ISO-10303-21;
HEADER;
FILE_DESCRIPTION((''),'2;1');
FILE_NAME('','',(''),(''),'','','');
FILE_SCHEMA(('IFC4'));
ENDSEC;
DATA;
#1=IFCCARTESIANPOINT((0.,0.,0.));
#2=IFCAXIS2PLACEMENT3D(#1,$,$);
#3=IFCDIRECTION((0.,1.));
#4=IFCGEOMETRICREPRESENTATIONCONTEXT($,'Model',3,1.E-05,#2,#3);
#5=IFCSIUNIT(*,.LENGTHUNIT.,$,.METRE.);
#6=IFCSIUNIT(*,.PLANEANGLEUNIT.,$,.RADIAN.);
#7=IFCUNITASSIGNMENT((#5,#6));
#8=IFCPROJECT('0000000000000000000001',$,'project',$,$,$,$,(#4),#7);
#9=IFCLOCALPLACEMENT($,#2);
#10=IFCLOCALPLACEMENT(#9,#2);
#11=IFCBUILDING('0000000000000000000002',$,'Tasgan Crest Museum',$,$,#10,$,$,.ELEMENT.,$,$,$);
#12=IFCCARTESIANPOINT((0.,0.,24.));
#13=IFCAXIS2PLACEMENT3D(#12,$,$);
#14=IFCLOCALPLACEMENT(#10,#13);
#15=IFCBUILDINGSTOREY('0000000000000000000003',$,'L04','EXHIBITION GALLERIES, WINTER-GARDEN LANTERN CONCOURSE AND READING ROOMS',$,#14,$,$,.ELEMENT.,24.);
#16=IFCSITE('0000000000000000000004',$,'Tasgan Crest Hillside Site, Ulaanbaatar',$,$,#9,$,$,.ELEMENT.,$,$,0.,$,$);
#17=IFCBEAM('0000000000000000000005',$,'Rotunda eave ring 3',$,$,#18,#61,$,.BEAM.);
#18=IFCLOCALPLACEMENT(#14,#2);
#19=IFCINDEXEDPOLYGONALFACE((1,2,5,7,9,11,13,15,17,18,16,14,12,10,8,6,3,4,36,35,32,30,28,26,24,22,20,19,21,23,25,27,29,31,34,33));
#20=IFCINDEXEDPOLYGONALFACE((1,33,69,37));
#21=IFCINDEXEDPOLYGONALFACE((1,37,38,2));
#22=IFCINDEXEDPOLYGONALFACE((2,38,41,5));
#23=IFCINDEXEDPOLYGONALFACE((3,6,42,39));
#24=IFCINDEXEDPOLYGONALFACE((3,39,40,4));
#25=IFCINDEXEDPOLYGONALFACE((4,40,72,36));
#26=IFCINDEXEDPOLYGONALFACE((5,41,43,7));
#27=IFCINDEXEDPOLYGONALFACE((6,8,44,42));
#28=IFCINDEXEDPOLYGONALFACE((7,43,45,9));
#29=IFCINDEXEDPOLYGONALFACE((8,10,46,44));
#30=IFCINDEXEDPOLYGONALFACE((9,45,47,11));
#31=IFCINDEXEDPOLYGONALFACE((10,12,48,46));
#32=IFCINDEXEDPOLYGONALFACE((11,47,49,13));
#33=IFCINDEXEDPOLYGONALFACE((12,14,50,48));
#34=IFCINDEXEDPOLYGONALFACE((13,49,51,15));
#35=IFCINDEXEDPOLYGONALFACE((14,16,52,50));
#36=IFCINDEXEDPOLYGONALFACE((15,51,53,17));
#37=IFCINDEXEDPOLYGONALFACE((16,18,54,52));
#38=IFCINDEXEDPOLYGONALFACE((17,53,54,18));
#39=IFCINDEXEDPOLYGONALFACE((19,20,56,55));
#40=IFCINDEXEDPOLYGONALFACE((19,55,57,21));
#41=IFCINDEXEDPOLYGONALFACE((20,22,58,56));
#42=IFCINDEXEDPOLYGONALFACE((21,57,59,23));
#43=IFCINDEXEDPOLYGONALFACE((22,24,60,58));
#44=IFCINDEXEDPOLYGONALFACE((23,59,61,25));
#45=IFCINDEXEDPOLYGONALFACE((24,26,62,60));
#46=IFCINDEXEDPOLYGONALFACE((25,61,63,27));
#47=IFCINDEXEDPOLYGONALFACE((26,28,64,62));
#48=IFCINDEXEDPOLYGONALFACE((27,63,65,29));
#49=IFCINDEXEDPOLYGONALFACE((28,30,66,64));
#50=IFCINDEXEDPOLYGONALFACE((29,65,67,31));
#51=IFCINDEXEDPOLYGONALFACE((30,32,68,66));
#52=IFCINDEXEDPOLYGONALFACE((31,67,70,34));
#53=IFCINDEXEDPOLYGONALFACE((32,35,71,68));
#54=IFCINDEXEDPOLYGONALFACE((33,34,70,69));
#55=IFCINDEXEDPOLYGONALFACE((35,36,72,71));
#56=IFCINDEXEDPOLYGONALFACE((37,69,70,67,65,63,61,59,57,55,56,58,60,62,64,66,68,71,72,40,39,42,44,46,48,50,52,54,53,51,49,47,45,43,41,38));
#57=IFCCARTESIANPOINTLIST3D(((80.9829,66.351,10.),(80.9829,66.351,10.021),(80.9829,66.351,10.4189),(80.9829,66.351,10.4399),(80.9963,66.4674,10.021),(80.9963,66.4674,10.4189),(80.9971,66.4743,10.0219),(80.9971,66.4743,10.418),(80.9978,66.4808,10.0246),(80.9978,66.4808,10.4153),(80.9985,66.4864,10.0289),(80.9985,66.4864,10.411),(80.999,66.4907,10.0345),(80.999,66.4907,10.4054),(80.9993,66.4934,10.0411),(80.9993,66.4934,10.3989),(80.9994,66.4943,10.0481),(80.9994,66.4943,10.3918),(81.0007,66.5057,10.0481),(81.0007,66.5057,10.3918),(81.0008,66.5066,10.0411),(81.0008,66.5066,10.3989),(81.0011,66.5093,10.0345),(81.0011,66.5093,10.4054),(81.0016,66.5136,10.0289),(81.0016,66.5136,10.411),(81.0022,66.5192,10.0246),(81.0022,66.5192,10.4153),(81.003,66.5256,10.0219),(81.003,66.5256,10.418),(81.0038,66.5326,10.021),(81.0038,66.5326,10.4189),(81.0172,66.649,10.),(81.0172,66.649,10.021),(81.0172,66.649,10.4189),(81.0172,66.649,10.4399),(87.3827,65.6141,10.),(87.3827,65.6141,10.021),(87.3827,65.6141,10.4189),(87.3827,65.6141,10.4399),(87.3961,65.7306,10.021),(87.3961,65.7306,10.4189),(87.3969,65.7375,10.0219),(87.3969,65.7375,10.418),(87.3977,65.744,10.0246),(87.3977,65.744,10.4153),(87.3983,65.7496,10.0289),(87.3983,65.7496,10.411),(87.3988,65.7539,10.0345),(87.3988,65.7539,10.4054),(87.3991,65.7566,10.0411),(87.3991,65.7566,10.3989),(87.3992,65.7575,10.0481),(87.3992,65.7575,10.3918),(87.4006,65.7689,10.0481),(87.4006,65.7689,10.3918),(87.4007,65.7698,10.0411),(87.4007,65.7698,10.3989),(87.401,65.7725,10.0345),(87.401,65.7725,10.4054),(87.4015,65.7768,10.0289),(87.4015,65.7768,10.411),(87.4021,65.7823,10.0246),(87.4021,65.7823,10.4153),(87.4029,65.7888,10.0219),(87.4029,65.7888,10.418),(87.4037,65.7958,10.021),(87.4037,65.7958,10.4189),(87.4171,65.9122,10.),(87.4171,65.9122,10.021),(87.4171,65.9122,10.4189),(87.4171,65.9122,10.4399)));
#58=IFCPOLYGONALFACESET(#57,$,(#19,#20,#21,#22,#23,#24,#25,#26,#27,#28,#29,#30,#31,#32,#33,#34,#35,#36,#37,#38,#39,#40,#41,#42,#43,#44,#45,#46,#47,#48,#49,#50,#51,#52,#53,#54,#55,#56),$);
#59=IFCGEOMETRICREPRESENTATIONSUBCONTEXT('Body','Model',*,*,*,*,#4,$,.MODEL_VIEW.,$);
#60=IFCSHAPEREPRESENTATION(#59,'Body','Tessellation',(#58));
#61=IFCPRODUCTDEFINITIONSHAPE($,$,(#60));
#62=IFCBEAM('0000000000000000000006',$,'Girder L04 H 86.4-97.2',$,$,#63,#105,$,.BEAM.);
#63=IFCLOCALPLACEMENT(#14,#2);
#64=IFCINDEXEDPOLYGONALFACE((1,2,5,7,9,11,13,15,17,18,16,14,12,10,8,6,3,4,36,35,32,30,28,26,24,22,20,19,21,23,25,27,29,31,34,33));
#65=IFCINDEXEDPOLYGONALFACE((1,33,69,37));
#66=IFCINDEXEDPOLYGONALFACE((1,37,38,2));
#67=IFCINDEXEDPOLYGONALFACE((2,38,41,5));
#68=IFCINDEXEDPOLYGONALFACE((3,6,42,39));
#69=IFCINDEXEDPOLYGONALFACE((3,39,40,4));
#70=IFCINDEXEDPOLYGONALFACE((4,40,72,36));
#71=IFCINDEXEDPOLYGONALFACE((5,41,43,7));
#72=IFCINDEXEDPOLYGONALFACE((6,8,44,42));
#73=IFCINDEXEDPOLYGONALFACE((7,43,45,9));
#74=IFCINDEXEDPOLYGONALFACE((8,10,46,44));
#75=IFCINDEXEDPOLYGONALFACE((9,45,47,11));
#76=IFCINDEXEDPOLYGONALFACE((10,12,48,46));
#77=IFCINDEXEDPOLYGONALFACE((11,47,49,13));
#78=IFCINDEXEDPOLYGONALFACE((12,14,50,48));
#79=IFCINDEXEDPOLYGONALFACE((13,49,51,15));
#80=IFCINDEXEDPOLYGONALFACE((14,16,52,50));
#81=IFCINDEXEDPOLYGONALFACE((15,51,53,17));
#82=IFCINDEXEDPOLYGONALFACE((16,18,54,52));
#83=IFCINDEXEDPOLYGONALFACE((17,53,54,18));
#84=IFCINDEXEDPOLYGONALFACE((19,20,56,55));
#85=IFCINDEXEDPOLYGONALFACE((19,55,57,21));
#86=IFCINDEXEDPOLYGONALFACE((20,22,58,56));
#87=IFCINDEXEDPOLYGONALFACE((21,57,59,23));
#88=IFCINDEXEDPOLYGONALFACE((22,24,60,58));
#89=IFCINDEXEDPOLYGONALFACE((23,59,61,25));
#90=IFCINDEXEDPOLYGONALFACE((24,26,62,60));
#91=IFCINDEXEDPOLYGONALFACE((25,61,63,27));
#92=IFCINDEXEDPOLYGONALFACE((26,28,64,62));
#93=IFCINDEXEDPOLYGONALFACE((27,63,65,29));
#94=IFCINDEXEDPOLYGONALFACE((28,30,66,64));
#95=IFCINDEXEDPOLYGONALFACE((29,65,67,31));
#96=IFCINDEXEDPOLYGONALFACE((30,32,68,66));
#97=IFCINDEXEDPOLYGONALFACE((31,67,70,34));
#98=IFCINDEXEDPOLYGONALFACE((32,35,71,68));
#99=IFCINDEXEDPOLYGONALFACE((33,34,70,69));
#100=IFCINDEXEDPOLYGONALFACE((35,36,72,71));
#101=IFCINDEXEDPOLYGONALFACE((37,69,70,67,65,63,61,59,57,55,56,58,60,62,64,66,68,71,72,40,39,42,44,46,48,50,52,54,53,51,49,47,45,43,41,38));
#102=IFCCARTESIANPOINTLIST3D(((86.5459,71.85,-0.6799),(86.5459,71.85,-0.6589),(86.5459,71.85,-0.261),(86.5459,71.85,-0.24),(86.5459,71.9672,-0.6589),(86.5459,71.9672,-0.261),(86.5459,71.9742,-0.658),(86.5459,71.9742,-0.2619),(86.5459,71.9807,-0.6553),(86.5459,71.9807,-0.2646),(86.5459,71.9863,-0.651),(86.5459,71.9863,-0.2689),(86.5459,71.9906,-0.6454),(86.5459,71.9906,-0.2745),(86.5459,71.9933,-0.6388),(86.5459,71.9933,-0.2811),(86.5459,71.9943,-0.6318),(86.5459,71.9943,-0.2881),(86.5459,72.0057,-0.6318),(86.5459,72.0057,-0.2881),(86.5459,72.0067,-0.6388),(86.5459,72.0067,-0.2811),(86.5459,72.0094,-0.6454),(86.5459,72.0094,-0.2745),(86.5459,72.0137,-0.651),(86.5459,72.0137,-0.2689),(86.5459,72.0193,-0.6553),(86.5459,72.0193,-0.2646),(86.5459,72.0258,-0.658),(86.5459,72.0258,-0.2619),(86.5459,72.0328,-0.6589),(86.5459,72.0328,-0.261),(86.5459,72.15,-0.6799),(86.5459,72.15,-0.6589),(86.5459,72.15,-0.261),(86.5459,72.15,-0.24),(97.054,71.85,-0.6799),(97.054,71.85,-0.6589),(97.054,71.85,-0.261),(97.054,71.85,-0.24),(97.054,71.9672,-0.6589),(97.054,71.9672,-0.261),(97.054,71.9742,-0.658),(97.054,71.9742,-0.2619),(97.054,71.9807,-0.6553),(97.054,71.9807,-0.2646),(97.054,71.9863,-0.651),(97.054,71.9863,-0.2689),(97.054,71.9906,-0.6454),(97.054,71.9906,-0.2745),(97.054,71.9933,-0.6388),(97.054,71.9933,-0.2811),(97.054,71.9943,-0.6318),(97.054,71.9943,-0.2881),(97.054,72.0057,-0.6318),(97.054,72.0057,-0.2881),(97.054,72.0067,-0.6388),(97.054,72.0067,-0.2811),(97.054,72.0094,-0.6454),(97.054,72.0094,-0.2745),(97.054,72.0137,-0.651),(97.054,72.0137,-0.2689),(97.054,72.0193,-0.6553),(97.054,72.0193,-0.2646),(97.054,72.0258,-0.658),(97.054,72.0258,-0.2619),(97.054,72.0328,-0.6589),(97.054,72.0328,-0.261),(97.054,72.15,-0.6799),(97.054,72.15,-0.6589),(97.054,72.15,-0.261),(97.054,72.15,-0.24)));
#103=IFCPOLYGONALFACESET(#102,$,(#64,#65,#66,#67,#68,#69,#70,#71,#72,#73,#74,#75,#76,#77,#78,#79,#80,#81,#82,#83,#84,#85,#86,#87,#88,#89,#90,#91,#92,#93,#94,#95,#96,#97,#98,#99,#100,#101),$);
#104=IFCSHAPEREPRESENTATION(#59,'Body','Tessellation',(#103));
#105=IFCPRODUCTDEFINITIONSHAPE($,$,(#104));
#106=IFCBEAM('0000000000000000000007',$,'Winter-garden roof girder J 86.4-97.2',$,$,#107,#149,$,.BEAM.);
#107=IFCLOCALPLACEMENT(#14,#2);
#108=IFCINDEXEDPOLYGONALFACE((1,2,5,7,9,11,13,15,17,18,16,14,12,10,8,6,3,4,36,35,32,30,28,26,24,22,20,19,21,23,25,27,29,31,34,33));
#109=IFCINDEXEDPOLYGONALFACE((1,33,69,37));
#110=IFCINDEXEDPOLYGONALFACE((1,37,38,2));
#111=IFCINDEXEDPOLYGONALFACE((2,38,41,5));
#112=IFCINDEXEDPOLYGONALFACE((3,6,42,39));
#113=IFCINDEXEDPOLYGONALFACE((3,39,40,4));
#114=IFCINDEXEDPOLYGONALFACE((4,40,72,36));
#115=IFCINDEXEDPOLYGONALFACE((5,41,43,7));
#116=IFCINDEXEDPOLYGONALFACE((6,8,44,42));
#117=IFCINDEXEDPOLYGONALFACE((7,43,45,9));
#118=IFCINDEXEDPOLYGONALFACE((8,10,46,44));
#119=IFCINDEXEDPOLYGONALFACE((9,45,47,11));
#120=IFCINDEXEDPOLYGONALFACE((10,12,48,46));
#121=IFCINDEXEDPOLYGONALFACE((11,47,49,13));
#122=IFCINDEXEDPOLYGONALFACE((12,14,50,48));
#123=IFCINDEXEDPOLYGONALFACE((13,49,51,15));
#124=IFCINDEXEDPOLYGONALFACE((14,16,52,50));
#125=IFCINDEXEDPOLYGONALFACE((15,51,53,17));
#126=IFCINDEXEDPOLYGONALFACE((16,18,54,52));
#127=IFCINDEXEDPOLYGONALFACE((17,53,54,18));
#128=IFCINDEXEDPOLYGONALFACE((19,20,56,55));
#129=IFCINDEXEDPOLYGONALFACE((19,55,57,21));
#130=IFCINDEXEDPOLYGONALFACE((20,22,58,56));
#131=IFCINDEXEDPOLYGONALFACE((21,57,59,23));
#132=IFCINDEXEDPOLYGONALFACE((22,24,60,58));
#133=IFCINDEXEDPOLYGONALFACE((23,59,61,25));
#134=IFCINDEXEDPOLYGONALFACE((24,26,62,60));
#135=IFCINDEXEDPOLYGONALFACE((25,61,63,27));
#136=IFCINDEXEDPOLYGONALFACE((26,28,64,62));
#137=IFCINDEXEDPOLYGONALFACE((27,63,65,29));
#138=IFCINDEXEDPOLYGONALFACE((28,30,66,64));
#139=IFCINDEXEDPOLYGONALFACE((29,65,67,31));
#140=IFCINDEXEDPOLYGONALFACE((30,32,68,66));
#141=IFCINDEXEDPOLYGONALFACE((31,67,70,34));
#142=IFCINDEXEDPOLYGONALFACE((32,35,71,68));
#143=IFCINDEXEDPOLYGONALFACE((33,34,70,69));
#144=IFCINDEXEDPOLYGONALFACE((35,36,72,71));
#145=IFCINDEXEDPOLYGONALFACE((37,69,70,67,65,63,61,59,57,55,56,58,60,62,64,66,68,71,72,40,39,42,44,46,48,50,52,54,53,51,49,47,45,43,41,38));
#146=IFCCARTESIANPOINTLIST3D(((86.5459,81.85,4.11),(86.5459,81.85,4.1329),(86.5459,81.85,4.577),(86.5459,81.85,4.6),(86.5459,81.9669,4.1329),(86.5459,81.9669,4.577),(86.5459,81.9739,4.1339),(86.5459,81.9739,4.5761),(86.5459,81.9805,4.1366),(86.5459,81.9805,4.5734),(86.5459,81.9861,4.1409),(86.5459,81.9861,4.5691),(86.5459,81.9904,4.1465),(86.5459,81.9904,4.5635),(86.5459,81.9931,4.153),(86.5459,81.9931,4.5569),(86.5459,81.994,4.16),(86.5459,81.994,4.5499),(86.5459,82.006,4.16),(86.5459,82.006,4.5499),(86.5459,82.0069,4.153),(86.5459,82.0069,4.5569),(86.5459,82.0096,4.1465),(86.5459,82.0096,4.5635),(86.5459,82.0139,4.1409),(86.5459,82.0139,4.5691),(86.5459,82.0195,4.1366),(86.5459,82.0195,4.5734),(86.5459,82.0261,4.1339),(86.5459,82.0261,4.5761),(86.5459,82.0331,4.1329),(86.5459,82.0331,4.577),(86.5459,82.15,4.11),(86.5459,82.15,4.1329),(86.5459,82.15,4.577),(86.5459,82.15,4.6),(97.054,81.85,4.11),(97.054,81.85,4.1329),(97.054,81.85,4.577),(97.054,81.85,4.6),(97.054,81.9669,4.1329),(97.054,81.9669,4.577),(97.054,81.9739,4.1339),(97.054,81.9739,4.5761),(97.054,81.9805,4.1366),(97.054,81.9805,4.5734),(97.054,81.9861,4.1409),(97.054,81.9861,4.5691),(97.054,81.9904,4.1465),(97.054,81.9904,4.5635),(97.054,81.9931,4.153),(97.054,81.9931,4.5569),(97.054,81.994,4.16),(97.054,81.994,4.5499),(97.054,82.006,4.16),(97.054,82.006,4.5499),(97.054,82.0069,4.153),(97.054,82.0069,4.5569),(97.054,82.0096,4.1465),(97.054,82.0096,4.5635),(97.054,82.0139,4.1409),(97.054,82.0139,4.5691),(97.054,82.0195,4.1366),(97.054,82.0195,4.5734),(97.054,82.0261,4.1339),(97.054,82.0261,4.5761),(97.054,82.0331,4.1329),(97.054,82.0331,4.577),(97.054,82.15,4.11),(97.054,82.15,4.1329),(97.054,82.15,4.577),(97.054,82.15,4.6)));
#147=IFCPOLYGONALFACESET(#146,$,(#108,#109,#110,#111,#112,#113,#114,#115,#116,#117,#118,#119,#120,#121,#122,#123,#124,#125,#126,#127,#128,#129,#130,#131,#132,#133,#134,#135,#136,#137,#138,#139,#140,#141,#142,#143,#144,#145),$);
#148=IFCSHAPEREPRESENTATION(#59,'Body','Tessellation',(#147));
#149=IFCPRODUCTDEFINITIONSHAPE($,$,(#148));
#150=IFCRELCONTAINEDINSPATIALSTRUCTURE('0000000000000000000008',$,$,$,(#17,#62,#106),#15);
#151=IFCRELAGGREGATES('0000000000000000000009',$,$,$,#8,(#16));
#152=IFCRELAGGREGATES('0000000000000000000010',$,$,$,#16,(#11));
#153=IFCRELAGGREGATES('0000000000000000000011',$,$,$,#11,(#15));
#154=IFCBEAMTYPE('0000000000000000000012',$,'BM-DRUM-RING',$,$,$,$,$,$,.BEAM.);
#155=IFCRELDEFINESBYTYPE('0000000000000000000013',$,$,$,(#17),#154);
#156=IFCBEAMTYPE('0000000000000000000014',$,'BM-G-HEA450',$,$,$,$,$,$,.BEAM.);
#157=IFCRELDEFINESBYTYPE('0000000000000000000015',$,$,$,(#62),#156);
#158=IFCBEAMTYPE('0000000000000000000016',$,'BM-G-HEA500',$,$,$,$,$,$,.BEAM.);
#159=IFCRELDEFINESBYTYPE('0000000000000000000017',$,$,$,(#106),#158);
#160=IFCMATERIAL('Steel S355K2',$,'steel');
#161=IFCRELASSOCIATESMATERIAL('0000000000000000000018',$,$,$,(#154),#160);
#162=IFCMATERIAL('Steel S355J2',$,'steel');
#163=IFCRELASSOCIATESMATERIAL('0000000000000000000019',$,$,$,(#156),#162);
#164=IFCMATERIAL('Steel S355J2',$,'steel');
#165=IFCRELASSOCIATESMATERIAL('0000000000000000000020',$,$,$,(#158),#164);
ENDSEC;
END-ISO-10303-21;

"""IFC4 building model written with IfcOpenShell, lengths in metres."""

from ifc_helpers import new_model, si_unit, direction, frame, origin, origin_2d, place, context, subcontext, project, spatial, i_section, extrude, material, material_profile, profile_set, type_object, element, save


model = new_model("IFC4")

# Units and contexts
model_context = context("Model", 3, precision=1e-05, world=origin(), true_north=direction((0.0, 1.0)))
body_context = subcontext(model_context, "Body", "Model", "MODEL_VIEW")
ifc_project = project(units=[si_unit("LENGTHUNIT", "METRE"), si_unit("PLANEANGLEUNIT", "RADIAN")], contexts=[model_context])

# Site, building, storey
site_placement = place(None, origin())
site = spatial("IfcSite", under=ifc_project, at=site_placement, Name="Tasgan Crest Hillside Site, Ulaanbaatar", CompositionType="ELEMENT", RefElevation=0.0)
building_placement = place(site_placement, origin())
building = spatial("IfcBuilding", under=site, at=building_placement, Name="Tasgan Crest Museum", CompositionType="ELEMENT")
storey_placement = place(building_placement, frame((0.0, 0.0, 24.0)))
storey = spatial("IfcBuildingStorey", under=building, at=storey_placement, Name="L04", Description="EXHIBITION GALLERIES, WINTER-GARDEN LANTERN CONCOURSE AND READING ROOMS", CompositionType="ELEMENT", Elevation=24.0)

# Beams
ifc_material_1 = material(Name="Steel S355K2", Category="steel")
ifc_material_profile_1 = material_profile(ifc_material_1, i_section(OverallWidth=0.3, OverallDepth=0.4399, WebThickness=0.0115, FlangeThickness=0.021, FilletRadius=0.0271, at=origin_2d()), Name="HEA 450")
ifc_profile_set_1 = profile_set([ifc_material_profile_1], Name="Steel S355K2")
beam_type_1 = type_object("IfcBeamType", Name="BM-DRUM-RING", PredefinedType="BEAM", material=ifc_profile_set_1)
for number, where, z_axis, x_axis, name in (
    (1, (87.3999, 65.7632, 10.22), (-0.993438, 0.114374, 0.0), (-0.114374, -0.993438, 0.0), "Rotunda eave ring 3"),
):
    element("IfcBeam", number, at=place(storey_placement, frame(where, z_axis=z_axis, x_axis=x_axis)), inside=storey, type_object=beam_type_1, Name=name, PredefinedType="BEAM", context=body_context, shape_type="SweptSolid", body=[
        extrude(i_section(OverallWidth=0.3, OverallDepth=0.4399, WebThickness=0.0115, FlangeThickness=0.021, FilletRadius=0.0271, at=origin_2d()), origin(), (0.0, 0.0, 1.0), 6.4421),
    ])
ifc_material_2 = material(Name="Steel S355J2", Category="steel")
ifc_material_profile_2 = material_profile(ifc_material_2, i_section(OverallWidth=0.3, OverallDepth=0.4399, WebThickness=0.0115, FlangeThickness=0.021, FilletRadius=0.0271, at=origin_2d()), Name="HEA 450")
ifc_profile_set_2 = profile_set([ifc_material_profile_2], Name="Steel S355J2")
beam_type_2 = type_object("IfcBeamType", Name="BM-G-HEA450", PredefinedType="BEAM", material=ifc_profile_set_2)
beam_1_placement = place(storey_placement, frame((86.5459, 72.0, -0.46), z_axis=(1.0, 0.0, 0.0), x_axis=(0.0, 1.0, 0.0)))
element("IfcBeam", 2, at=beam_1_placement, inside=storey, type_object=beam_type_2, Name="Girder L04 H 86.4-97.2", PredefinedType="BEAM", context=body_context, shape_type="SweptSolid", body=[
    extrude(i_section(OverallWidth=0.3, OverallDepth=0.4399, WebThickness=0.0115, FlangeThickness=0.021, FilletRadius=0.0271, at=origin_2d()), origin(), (0.0, 0.0, 1.0), 10.5081),
])
ifc_material_3 = material(Name="Steel S355J2", Category="steel")
ifc_material_profile_3 = material_profile(ifc_material_3, i_section(OverallWidth=0.3, OverallDepth=0.49, WebThickness=0.012, FlangeThickness=0.0229, FilletRadius=0.0271, at=origin_2d()), Name="HEA 500")
ifc_profile_set_3 = profile_set([ifc_material_profile_3], Name="Steel S355J2")
beam_type_3 = type_object("IfcBeamType", Name="BM-G-HEA500", PredefinedType="BEAM", material=ifc_profile_set_3)
beam_2_placement = place(storey_placement, frame((86.5459, 82.0, 4.355), z_axis=(1.0, 0.0, 0.0), x_axis=(0.0, 1.0, 0.0)))
element("IfcBeam", 3, at=beam_2_placement, inside=storey, type_object=beam_type_3, Name="Winter-garden roof girder J 86.4-97.2", PredefinedType="BEAM", context=body_context, shape_type="SweptSolid", body=[
    extrude(i_section(OverallWidth=0.3, OverallDepth=0.49, WebThickness=0.012, FlangeThickness=0.0229, FilletRadius=0.0271, at=origin_2d()), origin(), (0.0, 0.0, 1.0), 10.5081),
])

save(model, "model.ifc")
